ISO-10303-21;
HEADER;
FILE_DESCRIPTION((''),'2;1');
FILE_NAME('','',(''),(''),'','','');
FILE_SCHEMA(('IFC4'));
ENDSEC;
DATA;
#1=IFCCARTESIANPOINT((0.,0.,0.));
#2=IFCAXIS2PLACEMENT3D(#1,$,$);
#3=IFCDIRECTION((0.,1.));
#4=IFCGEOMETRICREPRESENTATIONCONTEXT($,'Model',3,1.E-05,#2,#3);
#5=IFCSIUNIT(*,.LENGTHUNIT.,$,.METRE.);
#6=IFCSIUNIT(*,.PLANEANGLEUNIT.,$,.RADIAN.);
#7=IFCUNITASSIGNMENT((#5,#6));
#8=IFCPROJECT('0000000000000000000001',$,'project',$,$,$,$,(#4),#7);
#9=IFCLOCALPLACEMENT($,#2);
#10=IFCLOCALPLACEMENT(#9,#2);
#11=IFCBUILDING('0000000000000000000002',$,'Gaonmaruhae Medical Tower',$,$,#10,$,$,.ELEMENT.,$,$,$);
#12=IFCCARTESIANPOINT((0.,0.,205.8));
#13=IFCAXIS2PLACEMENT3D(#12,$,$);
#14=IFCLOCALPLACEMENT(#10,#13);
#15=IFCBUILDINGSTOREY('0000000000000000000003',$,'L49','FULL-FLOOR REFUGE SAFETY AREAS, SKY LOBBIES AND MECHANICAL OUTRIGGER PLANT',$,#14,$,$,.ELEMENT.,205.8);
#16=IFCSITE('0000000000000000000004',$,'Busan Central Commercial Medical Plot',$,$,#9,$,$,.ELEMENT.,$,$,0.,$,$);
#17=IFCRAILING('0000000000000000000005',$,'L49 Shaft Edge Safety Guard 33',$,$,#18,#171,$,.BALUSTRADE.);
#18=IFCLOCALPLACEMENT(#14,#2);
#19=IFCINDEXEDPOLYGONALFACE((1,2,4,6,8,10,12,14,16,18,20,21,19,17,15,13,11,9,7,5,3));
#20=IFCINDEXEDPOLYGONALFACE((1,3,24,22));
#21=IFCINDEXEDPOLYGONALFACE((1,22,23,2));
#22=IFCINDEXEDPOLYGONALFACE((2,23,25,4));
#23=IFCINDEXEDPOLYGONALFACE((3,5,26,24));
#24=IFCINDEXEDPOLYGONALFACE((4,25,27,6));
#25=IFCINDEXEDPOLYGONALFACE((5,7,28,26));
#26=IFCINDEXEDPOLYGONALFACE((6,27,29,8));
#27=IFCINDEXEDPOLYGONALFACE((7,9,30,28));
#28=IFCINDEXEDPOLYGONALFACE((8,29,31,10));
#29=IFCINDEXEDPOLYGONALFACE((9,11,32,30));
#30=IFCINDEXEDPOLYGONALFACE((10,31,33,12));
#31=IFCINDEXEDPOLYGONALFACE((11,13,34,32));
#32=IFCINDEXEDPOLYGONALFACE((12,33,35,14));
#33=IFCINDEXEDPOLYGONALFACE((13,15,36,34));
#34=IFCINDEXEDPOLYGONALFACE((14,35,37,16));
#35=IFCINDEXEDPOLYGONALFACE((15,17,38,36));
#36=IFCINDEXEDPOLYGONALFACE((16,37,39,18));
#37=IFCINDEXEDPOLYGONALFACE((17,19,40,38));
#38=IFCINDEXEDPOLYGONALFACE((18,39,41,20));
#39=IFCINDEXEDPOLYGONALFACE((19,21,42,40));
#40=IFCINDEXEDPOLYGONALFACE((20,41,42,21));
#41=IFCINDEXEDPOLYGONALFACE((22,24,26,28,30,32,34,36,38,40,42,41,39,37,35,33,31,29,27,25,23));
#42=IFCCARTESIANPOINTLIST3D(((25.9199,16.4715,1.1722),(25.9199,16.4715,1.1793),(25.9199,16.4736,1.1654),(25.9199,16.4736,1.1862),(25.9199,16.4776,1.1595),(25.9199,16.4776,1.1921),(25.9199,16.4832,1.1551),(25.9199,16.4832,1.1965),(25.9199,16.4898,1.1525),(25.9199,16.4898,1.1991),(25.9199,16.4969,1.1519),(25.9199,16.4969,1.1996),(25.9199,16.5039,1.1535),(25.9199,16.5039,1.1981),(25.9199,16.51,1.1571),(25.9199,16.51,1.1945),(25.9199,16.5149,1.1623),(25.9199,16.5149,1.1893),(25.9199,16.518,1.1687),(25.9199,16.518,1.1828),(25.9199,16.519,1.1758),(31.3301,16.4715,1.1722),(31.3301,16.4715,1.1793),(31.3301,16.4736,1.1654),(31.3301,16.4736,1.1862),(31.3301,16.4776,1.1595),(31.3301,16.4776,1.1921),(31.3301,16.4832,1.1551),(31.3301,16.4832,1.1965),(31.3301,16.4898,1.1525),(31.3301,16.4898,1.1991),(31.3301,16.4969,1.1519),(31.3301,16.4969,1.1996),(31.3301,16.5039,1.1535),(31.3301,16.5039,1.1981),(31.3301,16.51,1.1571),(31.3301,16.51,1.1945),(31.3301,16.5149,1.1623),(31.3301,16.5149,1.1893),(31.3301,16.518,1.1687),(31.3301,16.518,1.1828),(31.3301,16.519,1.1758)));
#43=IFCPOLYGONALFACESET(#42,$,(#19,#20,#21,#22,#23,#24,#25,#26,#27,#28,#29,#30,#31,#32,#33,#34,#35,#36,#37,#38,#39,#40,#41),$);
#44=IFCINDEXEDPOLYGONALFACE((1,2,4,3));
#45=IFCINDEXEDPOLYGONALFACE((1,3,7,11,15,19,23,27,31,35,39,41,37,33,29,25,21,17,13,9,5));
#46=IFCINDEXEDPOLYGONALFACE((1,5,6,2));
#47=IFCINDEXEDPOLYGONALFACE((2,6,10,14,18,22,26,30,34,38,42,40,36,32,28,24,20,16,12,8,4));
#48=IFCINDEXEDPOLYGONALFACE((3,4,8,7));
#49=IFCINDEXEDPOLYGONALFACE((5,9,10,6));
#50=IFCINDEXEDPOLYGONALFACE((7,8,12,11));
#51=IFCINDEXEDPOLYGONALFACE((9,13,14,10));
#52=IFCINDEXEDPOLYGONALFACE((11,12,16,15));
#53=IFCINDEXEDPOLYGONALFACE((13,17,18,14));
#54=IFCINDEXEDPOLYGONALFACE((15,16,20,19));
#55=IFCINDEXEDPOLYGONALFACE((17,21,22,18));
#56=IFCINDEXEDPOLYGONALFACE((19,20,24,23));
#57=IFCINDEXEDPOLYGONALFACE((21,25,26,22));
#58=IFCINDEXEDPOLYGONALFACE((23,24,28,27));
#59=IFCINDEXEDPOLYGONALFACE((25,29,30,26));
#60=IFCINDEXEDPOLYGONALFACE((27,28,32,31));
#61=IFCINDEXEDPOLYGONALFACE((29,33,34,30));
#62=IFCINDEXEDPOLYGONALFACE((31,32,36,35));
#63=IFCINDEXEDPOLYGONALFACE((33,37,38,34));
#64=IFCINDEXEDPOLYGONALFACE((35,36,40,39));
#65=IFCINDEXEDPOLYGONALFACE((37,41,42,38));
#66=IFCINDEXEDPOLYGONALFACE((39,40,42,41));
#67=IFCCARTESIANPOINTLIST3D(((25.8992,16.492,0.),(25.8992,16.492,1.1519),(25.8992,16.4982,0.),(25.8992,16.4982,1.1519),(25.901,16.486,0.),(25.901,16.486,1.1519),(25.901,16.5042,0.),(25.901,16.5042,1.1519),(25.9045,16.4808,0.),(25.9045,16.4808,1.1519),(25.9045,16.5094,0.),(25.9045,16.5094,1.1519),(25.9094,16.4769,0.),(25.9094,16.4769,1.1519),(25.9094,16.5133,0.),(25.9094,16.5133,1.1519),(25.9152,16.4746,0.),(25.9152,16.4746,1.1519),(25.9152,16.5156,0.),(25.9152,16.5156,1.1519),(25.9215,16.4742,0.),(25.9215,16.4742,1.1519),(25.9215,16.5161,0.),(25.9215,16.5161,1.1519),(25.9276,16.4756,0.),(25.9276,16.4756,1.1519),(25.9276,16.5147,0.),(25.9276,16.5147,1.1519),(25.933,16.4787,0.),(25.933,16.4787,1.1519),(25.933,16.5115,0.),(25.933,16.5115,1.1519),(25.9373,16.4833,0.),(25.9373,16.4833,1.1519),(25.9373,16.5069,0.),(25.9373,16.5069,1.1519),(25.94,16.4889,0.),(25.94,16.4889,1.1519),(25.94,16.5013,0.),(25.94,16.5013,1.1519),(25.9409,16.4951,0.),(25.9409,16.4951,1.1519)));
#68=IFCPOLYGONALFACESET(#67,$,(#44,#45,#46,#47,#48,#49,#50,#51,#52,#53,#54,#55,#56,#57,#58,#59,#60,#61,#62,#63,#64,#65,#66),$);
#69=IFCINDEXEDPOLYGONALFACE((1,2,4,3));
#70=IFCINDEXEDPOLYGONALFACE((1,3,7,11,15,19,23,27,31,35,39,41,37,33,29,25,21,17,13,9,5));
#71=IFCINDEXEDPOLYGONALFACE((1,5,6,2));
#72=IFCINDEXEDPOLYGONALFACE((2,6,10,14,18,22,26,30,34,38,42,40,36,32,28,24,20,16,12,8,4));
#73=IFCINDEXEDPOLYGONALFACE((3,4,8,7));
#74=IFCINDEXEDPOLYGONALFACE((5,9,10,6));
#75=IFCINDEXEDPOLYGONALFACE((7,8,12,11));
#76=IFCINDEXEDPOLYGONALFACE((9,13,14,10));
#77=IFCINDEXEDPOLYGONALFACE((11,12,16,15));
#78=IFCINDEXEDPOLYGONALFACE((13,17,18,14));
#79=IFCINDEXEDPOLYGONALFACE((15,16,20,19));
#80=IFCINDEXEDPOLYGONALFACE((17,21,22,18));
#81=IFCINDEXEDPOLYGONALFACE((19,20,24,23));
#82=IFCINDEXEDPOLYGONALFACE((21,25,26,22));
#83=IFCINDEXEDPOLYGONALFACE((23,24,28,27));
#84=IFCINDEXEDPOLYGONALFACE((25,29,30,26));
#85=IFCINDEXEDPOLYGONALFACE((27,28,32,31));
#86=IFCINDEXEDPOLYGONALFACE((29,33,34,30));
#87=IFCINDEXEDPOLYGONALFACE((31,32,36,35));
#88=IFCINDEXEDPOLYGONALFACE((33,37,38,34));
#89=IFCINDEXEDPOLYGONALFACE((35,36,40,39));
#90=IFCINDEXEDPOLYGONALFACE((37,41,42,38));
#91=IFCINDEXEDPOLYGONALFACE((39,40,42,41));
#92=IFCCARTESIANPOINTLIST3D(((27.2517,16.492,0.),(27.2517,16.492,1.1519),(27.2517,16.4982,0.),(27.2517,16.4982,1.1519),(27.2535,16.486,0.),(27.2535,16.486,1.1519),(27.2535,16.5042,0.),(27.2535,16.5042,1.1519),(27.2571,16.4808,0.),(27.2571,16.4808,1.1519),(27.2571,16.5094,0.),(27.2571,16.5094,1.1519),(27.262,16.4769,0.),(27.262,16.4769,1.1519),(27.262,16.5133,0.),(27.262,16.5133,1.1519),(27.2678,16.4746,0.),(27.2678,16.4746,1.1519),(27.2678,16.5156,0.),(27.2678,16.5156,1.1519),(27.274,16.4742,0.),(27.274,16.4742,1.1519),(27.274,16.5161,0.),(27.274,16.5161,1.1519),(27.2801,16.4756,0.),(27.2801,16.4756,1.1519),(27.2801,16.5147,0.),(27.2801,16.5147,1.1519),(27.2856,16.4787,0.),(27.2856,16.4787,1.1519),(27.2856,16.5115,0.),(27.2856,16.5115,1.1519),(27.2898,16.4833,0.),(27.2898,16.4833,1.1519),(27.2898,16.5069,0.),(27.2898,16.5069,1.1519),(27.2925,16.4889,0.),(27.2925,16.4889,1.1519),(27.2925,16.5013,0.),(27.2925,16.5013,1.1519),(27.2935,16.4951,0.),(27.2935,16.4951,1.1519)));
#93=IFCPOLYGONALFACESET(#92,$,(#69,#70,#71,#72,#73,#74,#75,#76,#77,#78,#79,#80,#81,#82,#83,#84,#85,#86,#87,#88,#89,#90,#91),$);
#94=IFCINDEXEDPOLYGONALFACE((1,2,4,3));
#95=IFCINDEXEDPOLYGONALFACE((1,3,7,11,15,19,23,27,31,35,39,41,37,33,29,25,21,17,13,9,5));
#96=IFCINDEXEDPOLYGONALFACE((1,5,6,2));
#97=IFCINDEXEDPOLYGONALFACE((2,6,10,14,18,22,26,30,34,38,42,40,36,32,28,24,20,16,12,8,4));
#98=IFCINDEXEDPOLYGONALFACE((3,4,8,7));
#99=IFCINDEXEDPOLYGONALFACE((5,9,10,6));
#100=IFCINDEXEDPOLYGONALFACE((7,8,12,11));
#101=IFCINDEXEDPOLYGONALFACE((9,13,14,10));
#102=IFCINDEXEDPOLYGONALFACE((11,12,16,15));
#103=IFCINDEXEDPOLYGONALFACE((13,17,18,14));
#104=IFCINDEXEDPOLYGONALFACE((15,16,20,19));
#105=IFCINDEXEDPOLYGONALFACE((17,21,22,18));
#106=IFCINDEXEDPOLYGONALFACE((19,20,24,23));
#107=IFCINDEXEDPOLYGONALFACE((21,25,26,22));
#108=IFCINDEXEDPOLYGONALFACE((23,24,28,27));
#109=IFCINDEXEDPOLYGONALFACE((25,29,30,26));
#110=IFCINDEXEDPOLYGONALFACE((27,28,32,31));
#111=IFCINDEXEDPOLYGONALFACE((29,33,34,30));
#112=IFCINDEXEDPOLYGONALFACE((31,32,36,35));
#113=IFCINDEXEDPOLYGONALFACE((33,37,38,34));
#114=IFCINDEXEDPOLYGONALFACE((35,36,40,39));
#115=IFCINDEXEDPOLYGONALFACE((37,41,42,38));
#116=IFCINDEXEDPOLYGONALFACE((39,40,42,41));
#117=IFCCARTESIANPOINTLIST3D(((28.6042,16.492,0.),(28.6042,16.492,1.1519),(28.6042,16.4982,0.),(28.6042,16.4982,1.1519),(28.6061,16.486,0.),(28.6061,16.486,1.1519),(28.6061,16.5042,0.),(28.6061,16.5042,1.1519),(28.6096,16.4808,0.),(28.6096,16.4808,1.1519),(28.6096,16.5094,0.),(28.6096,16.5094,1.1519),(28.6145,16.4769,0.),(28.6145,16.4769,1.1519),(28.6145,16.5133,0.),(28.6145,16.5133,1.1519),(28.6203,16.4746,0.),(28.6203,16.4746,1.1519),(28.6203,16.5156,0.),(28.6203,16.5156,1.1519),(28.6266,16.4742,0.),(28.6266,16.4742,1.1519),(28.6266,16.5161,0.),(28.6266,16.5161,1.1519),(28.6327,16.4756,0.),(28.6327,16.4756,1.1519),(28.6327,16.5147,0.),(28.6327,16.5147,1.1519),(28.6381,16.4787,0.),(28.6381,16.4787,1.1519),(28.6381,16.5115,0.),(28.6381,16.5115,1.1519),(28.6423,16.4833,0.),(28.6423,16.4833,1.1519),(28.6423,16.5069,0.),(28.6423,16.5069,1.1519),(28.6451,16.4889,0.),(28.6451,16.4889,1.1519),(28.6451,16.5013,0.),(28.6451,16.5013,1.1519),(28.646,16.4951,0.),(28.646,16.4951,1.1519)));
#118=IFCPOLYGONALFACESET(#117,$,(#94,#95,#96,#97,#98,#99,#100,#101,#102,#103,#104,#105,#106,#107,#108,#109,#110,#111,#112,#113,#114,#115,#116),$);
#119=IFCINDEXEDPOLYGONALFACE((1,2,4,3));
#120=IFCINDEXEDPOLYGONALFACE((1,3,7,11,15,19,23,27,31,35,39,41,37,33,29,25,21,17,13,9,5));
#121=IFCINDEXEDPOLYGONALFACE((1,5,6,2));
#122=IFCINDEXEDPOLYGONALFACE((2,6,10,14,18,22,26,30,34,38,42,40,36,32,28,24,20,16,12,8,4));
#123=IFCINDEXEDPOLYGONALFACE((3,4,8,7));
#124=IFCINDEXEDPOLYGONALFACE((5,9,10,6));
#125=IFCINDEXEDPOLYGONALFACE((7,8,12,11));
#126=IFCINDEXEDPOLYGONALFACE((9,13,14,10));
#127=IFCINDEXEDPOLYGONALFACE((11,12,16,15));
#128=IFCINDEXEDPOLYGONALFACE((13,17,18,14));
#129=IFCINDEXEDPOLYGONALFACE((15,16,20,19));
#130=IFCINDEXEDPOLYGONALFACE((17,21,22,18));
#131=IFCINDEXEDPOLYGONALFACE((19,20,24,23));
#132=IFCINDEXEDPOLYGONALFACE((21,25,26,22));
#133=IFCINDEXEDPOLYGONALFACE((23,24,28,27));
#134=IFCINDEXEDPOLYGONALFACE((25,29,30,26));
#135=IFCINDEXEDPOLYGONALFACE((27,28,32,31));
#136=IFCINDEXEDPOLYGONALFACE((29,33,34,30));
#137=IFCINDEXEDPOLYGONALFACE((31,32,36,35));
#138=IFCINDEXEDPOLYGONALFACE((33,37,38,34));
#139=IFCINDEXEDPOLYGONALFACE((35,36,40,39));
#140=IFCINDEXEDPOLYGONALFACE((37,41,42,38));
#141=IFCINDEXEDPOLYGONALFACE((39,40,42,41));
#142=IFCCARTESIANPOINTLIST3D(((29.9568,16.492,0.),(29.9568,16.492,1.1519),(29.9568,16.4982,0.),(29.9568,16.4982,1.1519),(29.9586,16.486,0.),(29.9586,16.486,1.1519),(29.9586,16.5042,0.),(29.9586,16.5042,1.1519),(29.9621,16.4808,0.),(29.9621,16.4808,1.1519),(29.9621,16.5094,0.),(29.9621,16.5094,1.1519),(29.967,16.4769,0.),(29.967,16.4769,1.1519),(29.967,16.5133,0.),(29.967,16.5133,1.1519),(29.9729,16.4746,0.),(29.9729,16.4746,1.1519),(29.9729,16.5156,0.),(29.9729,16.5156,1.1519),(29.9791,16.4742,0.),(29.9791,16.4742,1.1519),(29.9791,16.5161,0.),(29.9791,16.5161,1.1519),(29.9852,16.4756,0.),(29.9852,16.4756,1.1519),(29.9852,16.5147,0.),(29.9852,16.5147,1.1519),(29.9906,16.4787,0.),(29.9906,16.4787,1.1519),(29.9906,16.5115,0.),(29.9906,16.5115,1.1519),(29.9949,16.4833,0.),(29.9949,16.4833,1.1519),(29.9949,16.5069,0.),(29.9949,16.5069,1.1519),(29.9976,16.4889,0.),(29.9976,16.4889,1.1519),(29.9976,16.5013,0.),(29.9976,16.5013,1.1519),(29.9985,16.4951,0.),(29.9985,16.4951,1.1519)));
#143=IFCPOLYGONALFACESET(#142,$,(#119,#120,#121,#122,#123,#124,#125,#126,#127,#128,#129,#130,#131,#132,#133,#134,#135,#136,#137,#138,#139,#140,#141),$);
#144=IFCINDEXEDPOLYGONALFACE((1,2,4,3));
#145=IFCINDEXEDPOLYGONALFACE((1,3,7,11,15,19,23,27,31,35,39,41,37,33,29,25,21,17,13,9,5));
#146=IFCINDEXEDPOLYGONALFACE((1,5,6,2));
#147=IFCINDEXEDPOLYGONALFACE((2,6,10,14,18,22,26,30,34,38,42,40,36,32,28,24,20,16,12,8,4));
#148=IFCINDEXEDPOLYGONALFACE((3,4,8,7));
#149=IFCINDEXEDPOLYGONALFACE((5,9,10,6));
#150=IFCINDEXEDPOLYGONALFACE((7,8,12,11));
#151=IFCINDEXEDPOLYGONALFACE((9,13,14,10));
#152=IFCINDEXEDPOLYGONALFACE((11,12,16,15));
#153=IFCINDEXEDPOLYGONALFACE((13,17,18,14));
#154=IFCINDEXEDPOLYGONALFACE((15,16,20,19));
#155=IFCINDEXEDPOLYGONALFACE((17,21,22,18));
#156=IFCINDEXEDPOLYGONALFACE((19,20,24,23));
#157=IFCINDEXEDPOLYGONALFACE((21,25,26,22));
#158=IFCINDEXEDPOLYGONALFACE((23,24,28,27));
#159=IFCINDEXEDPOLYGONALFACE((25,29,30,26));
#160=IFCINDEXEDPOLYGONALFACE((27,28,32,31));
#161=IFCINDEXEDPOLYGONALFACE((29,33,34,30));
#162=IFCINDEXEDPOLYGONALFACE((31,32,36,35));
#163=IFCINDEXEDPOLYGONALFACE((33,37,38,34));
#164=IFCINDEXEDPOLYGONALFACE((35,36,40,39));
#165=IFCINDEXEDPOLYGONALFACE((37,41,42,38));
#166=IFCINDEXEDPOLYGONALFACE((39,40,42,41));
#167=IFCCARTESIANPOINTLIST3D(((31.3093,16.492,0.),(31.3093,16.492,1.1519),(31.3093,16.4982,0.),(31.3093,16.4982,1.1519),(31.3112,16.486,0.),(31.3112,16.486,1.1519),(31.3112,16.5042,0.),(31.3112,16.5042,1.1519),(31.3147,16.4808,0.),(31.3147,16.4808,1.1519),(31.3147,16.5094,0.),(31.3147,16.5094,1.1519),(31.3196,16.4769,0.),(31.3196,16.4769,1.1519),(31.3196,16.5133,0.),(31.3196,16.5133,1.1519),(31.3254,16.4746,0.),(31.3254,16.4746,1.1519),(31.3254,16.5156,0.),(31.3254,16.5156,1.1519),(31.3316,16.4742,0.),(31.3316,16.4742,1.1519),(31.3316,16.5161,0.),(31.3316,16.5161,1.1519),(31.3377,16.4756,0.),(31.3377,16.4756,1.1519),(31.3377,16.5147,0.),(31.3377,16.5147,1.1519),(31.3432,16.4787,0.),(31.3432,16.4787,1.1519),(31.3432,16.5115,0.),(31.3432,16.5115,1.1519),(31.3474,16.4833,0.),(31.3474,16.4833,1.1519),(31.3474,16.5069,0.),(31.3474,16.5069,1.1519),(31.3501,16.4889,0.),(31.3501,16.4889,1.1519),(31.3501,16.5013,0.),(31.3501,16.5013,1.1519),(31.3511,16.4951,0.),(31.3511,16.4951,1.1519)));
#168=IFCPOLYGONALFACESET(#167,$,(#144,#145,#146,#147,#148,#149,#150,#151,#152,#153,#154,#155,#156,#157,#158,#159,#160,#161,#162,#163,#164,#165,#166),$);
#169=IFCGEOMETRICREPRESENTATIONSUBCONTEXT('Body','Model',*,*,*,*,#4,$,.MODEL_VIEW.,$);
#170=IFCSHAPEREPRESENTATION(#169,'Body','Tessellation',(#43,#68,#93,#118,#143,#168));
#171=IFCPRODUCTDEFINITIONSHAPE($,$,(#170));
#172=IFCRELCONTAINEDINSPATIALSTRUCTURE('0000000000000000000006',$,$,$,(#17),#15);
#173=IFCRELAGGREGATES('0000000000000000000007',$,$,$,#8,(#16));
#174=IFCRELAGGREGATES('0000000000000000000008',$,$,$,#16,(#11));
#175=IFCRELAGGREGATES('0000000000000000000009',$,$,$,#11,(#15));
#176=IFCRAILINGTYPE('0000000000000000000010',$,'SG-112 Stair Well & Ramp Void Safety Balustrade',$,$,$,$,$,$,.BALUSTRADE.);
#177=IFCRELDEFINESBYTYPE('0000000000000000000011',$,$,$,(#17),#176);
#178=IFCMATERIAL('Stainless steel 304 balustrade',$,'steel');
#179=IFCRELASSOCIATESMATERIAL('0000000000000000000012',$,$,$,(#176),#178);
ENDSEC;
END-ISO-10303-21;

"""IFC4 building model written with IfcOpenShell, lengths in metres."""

from ifc_helpers import new_model, si_unit, direction, frame, origin, origin_2d, place, context, subcontext, project, spatial, circle, extrude, material, type_object, element, save


model = new_model("IFC4")

# Units and contexts
model_context = context("Model", 3, precision=1e-05, world=origin(), true_north=direction((0.0, 1.0)))
body_context = subcontext(model_context, "Body", "Model", "MODEL_VIEW")
ifc_project = project(units=[si_unit("LENGTHUNIT", "METRE"), si_unit("PLANEANGLEUNIT", "RADIAN")], contexts=[model_context])

# Site, building, storey
site_placement = place(None, origin())
site = spatial("IfcSite", under=ifc_project, at=site_placement, Name="Busan Central Commercial Medical Plot", CompositionType="ELEMENT", RefElevation=0.0)
building_placement = place(site_placement, origin())
building = spatial("IfcBuilding", under=site, at=building_placement, Name="Gaonmaruhae Medical Tower", CompositionType="ELEMENT")
storey_placement = place(building_placement, frame((0.0, 0.0, 205.8)))
storey = spatial("IfcBuildingStorey", under=building, at=storey_placement, Name="L49", Description="FULL-FLOOR REFUGE SAFETY AREAS, SKY LOBBIES AND MECHANICAL OUTRIGGER PLANT", CompositionType="ELEMENT", Elevation=205.8)

# Railing
ifc_material_1 = material(Name="Stainless steel 304 balustrade", Category="steel")
railing_type = type_object("IfcRailingType", Name="SG-112 Stair Well & Ramp Void Safety Balustrade", PredefinedType="BALUSTRADE", material=ifc_material_1)
railing_1_placement = place(storey_placement, frame((25.9199, 16.4951, 0.0)))
element("IfcRailing", 1, at=railing_1_placement, inside=storey, type_object=railing_type, Name="L49 Shaft Edge Safety Guard 33", PredefinedType="BALUSTRADE", context=body_context, shape_type="SweptSolid", body=[
    extrude(circle(Radius=0.0239, at=origin_2d()), frame((0.0, 0.0, 1.1758), z_axis=(1.0, 0.0, 0.0), x_axis=(0.0, 1.0, 0.0)), (0.0, 0.0, 1.0), 5.4102),
    extrude(circle(Radius=0.021, at=origin_2d()), origin(), (0.0, 0.0, 1.0), 1.1519),
    extrude(circle(Radius=0.021, at=origin_2d()), frame((1.3525, 0.0, 0.0)), (0.0, 0.0, 1.0), 1.1519),
    extrude(circle(Radius=0.021, at=origin_2d()), frame((2.7051, 0.0, 0.0)), (0.0, 0.0, 1.0), 1.1519),
    extrude(circle(Radius=0.021, at=origin_2d()), frame((4.0576, 0.0, 0.0)), (0.0, 0.0, 1.0), 1.1519),
    extrude(circle(Radius=0.021, at=origin_2d()), frame((5.4102, 0.0, 0.0)), (0.0, 0.0, 1.0), 1.1519),
])

save(model, "model.ifc")
